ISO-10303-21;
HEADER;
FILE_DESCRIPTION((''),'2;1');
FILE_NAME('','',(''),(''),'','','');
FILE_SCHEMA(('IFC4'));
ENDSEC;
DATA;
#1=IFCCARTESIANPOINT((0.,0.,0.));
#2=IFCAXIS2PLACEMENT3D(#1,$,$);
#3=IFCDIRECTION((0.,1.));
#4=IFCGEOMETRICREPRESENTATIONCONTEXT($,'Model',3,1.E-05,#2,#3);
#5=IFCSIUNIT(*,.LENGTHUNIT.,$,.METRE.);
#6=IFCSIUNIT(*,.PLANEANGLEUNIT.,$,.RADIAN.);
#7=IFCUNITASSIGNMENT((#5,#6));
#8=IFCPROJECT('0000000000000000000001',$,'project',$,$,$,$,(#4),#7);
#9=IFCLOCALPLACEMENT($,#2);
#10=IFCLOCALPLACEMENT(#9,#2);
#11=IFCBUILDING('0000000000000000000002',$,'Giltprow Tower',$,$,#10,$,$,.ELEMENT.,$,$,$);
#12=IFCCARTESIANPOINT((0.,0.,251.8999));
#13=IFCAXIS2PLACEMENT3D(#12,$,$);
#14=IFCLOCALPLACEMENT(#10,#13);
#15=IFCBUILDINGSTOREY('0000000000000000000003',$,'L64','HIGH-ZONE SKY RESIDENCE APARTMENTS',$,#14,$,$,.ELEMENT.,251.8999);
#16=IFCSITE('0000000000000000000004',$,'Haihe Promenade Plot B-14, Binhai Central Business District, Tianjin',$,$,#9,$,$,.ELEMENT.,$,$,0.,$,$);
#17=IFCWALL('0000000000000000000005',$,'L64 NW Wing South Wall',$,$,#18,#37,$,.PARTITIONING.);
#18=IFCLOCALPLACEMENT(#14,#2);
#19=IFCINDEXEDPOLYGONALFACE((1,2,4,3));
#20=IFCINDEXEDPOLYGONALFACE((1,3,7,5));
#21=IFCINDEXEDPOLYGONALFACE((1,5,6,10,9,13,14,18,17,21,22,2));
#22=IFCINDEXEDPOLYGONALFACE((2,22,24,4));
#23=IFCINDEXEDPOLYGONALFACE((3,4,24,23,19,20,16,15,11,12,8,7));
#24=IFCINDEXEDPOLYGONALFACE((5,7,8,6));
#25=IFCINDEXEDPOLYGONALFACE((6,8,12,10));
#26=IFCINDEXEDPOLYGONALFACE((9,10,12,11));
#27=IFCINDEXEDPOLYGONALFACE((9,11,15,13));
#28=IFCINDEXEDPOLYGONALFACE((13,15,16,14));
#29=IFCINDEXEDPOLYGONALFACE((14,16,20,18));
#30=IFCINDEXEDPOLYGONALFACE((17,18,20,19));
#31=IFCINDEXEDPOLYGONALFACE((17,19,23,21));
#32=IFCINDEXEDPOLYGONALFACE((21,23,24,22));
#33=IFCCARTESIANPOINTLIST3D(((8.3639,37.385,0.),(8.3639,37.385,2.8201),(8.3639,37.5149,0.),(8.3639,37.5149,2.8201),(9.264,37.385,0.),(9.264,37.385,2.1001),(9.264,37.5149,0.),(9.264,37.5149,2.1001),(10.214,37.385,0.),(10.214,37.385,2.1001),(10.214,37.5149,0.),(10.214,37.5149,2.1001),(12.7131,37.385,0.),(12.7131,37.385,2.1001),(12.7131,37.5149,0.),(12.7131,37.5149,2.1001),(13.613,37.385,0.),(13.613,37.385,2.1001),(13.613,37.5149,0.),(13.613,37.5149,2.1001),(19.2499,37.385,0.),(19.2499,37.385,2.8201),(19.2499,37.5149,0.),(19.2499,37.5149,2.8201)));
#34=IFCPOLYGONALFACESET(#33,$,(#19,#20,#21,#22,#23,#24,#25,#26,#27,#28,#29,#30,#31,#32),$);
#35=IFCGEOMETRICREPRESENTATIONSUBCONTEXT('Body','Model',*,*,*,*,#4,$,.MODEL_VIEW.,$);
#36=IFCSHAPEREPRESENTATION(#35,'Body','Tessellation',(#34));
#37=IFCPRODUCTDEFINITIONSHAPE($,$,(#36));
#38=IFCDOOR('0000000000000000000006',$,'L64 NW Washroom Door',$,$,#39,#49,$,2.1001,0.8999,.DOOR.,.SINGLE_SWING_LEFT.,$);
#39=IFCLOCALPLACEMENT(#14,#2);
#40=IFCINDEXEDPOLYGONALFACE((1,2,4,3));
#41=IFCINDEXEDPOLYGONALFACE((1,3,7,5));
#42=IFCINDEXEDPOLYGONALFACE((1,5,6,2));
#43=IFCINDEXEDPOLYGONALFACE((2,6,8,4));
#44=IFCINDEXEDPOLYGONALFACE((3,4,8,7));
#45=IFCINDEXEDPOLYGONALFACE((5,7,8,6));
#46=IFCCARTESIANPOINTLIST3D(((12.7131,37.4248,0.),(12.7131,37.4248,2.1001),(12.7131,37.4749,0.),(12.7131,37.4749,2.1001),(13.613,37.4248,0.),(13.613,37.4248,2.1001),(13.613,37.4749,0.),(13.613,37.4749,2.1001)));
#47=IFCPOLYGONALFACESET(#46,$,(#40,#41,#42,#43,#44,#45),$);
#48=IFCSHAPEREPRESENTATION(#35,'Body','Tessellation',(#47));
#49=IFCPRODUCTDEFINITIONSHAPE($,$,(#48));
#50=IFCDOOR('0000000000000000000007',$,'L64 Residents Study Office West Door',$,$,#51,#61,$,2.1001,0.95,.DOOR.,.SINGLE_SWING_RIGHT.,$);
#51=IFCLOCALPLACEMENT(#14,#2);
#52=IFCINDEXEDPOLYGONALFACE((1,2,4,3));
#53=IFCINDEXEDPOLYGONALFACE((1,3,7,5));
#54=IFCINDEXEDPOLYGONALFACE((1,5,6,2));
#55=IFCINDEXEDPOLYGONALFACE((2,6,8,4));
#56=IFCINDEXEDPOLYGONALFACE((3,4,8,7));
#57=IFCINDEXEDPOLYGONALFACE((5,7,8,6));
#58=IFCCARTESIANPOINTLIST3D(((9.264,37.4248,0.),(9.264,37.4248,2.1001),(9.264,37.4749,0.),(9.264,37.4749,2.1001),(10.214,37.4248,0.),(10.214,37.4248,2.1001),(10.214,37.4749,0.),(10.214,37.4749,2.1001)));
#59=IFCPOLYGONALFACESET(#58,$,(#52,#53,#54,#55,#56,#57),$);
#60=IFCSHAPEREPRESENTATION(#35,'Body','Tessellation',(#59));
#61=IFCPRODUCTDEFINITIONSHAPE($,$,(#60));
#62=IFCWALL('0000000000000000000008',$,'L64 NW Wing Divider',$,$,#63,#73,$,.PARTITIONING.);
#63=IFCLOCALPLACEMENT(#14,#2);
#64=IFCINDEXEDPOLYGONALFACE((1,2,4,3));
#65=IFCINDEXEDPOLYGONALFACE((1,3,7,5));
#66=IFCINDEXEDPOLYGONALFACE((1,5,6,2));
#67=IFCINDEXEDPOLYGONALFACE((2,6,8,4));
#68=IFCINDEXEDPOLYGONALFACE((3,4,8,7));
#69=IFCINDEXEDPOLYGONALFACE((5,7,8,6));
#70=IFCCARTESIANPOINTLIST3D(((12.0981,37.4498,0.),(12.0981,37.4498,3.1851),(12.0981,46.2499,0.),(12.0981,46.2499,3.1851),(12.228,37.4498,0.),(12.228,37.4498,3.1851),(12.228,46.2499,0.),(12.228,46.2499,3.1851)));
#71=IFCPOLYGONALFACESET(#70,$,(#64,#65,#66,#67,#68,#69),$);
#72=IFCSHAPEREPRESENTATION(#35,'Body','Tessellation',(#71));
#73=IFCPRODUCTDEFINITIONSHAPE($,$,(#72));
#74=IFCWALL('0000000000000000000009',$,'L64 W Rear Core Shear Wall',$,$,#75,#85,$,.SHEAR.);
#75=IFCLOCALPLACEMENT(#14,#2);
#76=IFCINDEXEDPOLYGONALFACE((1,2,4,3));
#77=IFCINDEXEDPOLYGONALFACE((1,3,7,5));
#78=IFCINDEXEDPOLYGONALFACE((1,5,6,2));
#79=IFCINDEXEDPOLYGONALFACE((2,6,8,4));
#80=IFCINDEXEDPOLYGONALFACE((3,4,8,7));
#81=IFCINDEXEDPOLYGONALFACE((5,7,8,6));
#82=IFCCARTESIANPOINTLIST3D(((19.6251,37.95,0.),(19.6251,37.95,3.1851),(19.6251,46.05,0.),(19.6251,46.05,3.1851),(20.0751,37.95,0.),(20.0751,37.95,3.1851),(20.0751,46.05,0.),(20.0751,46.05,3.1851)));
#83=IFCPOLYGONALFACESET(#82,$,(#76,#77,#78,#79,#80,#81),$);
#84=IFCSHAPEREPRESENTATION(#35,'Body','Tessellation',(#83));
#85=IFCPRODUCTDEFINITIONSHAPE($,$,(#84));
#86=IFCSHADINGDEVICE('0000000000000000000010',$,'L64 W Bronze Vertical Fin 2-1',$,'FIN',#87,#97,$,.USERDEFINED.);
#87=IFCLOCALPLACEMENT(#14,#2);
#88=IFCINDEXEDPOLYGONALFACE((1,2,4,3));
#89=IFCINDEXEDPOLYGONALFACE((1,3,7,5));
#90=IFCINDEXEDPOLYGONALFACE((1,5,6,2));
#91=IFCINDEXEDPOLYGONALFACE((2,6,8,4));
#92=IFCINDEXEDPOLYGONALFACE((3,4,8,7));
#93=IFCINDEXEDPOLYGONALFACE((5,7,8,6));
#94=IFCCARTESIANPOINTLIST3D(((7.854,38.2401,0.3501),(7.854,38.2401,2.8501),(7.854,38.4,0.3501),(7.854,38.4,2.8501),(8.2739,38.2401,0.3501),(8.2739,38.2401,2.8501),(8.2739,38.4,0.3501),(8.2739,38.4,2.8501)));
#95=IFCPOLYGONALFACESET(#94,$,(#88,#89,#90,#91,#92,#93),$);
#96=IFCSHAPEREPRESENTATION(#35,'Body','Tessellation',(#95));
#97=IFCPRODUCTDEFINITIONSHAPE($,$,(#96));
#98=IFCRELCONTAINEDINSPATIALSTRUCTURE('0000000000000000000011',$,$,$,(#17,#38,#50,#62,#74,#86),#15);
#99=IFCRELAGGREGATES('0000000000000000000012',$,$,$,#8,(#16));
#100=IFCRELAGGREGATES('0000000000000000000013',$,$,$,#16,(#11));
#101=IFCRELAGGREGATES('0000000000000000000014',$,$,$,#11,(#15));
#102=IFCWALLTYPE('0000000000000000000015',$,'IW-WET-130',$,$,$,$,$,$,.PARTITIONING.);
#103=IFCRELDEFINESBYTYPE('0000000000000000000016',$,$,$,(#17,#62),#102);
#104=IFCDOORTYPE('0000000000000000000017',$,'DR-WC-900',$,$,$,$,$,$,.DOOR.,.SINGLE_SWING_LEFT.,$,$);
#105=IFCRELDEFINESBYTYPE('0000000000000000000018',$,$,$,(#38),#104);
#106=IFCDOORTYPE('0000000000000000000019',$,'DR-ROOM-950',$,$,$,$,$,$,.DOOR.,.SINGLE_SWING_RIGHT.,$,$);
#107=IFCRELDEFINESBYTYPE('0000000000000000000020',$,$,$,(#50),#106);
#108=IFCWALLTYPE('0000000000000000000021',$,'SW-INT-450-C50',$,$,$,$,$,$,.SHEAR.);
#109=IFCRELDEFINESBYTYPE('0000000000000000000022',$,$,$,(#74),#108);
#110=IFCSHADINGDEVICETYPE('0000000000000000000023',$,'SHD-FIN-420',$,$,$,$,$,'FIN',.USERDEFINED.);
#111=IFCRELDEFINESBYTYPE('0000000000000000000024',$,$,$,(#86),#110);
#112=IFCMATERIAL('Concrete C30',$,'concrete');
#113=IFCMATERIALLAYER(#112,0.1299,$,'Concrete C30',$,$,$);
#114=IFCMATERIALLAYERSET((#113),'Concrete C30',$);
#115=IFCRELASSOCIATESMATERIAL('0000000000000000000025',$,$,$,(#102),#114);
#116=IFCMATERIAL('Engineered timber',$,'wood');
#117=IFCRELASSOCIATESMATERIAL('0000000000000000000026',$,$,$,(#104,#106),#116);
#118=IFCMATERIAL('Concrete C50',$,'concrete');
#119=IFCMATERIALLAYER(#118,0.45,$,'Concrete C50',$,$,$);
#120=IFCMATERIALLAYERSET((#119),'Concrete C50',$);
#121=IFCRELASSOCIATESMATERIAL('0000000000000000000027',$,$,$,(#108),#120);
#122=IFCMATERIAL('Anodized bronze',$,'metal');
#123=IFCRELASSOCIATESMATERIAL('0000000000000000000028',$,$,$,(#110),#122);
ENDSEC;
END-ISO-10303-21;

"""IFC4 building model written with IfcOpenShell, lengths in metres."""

from ifc_helpers import new_model, si_unit, direction, frame, frame_2d, origin, origin_2d, place, context, subcontext, project, spatial, rectangle, extrude, source, transform, mapped, material, layer, layer_set, type_object, element, fill, save


model = new_model("IFC4")

# Units and contexts
model_context = context("Model", 3, precision=1e-05, world=origin(), true_north=direction((0.0, 1.0)))
body_context = subcontext(model_context, "Body", "Model", "MODEL_VIEW")
ifc_project = project(units=[si_unit("LENGTHUNIT", "METRE"), si_unit("PLANEANGLEUNIT", "RADIAN")], contexts=[model_context])

# Site, building, storey
site_placement = place(None, origin())
site = spatial("IfcSite", under=ifc_project, at=site_placement, Name="Haihe Promenade Plot B-14, Binhai Central Business District, Tianjin", CompositionType="ELEMENT", RefElevation=0.0)
building_placement = place(site_placement, origin())
building = spatial("IfcBuilding", under=site, at=building_placement, Name="Giltprow Tower", CompositionType="ELEMENT")
storey_placement = place(building_placement, frame((0.0, 0.0, 251.8999)))
storey = spatial("IfcBuildingStorey", under=building, at=storey_placement, Name="L64", Description="HIGH-ZONE SKY RESIDENCE APARTMENTS", CompositionType="ELEMENT", Elevation=251.8999)

# Shared definitions
ifc_material_1 = material(Name="Concrete C50", Category="concrete")

# Shared definitions
ifc_material_2 = material(Name="Engineered timber", Category="wood")

# Wall, openings, doors
ifc_material_3 = material(Name="Concrete C30", Category="concrete")
ifc_layer_1 = layer(ifc_material_3, 0.1299, Name="Concrete C30")
ifc_layer_set_1 = layer_set([ifc_layer_1], Name="Concrete C30")
wall_type_1 = type_object("IfcWallType", Name="IW-WET-130", PredefinedType="PARTITIONING", material=ifc_layer_set_1)
wall_1_placement = place(storey_placement, frame((8.364, 37.45, 0.0), z_axis=(0.0, 0.0, 1.0), x_axis=(1.0, 0.0, 0.0)))
wall_1 = element("IfcWall", 1, at=wall_1_placement, inside=storey, type_object=wall_type_1, Name="L64 NW Wing South Wall", PredefinedType="PARTITIONING", context=body_context, shape_type="SweptSolid", body=[
    extrude(rectangle(XDim=10.886, YDim=0.1299, at=frame_2d((5.4429, 0.0))), origin(), (0.0, 0.0, 1.0), 2.8201),
])
opening_1_placement = place(wall_1_placement, frame((0.8999, 0.0, 0.0)))
opening_1 = element("IfcOpeningElement", 2, at=opening_1_placement, cuts=wall_1, PredefinedType="OPENING", context=body_context, shape_type="SweptSolid", body=[
    extrude(rectangle(XDim=0.95, YDim=2.1001, at=frame_2d((0.4751, 1.05))), frame((0.0, 0.075, 0.0), z_axis=(0.0, -1.0, 0.0), x_axis=(1.0, 0.0, 0.0)), (0.0, 0.0, 1.0), 0.1499),
])
opening_2_placement = place(wall_1_placement, frame((4.3491, 0.0, 0.0)))
opening_2 = element("IfcOpeningElement", 3, at=opening_2_placement, cuts=wall_1, PredefinedType="OPENING", context=body_context, shape_type="SweptSolid", body=[
    extrude(rectangle(XDim=0.8999, YDim=2.1001, at=frame_2d((0.45, 1.05))), frame((0.0, 0.075, 0.0), z_axis=(0.0, -1.0, 0.0), x_axis=(1.0, 0.0, 0.0)), (0.0, 0.0, 1.0), 0.1499),
])
door_type_1 = type_object("IfcDoorType", Name="DR-WC-900", OperationType="SINGLE_SWING_LEFT", PredefinedType="DOOR", material=ifc_material_2)
shared_shape_1 = source(origin(), body_context, "Body", "SweptSolid", [
    extrude(rectangle(XDim=0.8999, YDim=2.1001, at=frame_2d((0.45, 1.05))), frame((0.0, 0.0249, 0.0), z_axis=(0.0, -1.0, 0.0), x_axis=(1.0, 0.0, 0.0)), (0.0, 0.0, 1.0), 0.05),
])
door_1_placement = place(opening_2_placement, origin())
door_1 = element("IfcDoor", 4, at=door_1_placement, inside=storey, type_object=door_type_1, Name="L64 NW Washroom Door", OperationType="SINGLE_SWING_LEFT", OverallHeight=2.1001, OverallWidth=0.8999, PredefinedType="DOOR", context=body_context, shape_type="MappedRepresentation", body=[
    mapped(shared_shape_1, transform((0.0, 0.0, 0.0), x_axis=(1.0, 0.0, 0.0), y_axis=(0.0, 1.0, 0.0), z_axis=(0.0, 0.0, 1.0), scale=1.0)),
])
fill(opening_2, door_1)
door_type_2 = type_object("IfcDoorType", Name="DR-ROOM-950", OperationType="SINGLE_SWING_RIGHT", PredefinedType="DOOR", material=ifc_material_2)
shared_shape_2 = source(origin(), body_context, "Body", "SweptSolid", [
    extrude(rectangle(XDim=0.95, YDim=2.1001, at=frame_2d((0.4751, 1.05))), frame((0.0, 0.0249, 0.0), z_axis=(0.0, -1.0, 0.0), x_axis=(1.0, 0.0, 0.0)), (0.0, 0.0, 1.0), 0.05),
])
door_2_placement = place(opening_1_placement, origin())
door_2 = element("IfcDoor", 5, at=door_2_placement, inside=storey, type_object=door_type_2, Name="L64 Residents Study Office West Door", OperationType="SINGLE_SWING_RIGHT", OverallHeight=2.1001, OverallWidth=0.95, PredefinedType="DOOR", context=body_context, shape_type="MappedRepresentation", body=[
    mapped(shared_shape_2, transform((0.0, 0.0, 0.0), x_axis=(1.0, 0.0, 0.0), y_axis=(0.0, 1.0, 0.0), z_axis=(0.0, 0.0, 1.0), scale=1.0)),
])
fill(opening_1, door_2)

# Wall
wall_2_placement = place(storey_placement, frame((12.1631, 37.45, 0.0), z_axis=(0.0, 0.0, 1.0), x_axis=(0.0, 1.0, 0.0)))
element("IfcWall", 6, at=wall_2_placement, inside=storey, type_object=wall_type_1, Name="L64 NW Wing Divider", PredefinedType="PARTITIONING", context=body_context, shape_type="SweptSolid", body=[
    extrude(rectangle(XDim=8.8, YDim=0.1299, at=frame_2d((4.3999, 0.0))), origin(), (0.0, 0.0, 1.0), 3.1851),
])

# Shared definitions
ifc_layer_2 = layer(ifc_material_1, 0.45, Name="Concrete C50")
ifc_layer_set_2 = layer_set([ifc_layer_2], Name="Concrete C50")
wall_type_2 = type_object("IfcWallType", Name="SW-INT-450-C50", PredefinedType="SHEAR", material=ifc_layer_set_2)

# Wall
wall_3_placement = place(storey_placement, frame((19.8501, 37.95, 0.0), z_axis=(0.0, 0.0, 1.0), x_axis=(0.0, 1.0, 0.0)))
element("IfcWall", 7, at=wall_3_placement, inside=storey, type_object=wall_type_2, Name="L64 W Rear Core Shear Wall", PredefinedType="SHEAR", context=body_context, shape_type="SweptSolid", body=[
    extrude(rectangle(XDim=8.1001, YDim=0.45, at=frame_2d((4.05, 0.0))), origin(), (0.0, 0.0, 1.0), 3.1851),
])

# Shading device
ifc_material_4 = material(Name="Anodized bronze", Category="metal")
shading_device_type = type_object("IfcShadingDeviceType", Name="SHD-FIN-420", ElementType="FIN", PredefinedType="USERDEFINED", material=ifc_material_4)
shared_shape_3 = source(origin(), body_context, "Body", "SweptSolid", [
    extrude(rectangle(XDim=0.4199, YDim=0.1599, at=origin_2d()), origin(), (0.0, 0.0, 1.0), 2.5),
])
shading_device_placement = place(storey_placement, frame((8.064, 38.3201, 0.3501), z_axis=(0.0, 0.0, 1.0), x_axis=(1.0, 0.0, 0.0)))
element("IfcShadingDevice", 8, at=shading_device_placement, inside=storey, type_object=shading_device_type, Name="L64 W Bronze Vertical Fin 2-1", ObjectType="FIN", PredefinedType="USERDEFINED", context=body_context, shape_type="MappedRepresentation", body=[
    mapped(shared_shape_3, transform((0.0, 0.0, 0.0), x_axis=(1.0, 0.0, 0.0), y_axis=(0.0, 1.0, 0.0), z_axis=(0.0, 0.0, 1.0), scale=1.0)),
])

save(model, "model.ifc")
